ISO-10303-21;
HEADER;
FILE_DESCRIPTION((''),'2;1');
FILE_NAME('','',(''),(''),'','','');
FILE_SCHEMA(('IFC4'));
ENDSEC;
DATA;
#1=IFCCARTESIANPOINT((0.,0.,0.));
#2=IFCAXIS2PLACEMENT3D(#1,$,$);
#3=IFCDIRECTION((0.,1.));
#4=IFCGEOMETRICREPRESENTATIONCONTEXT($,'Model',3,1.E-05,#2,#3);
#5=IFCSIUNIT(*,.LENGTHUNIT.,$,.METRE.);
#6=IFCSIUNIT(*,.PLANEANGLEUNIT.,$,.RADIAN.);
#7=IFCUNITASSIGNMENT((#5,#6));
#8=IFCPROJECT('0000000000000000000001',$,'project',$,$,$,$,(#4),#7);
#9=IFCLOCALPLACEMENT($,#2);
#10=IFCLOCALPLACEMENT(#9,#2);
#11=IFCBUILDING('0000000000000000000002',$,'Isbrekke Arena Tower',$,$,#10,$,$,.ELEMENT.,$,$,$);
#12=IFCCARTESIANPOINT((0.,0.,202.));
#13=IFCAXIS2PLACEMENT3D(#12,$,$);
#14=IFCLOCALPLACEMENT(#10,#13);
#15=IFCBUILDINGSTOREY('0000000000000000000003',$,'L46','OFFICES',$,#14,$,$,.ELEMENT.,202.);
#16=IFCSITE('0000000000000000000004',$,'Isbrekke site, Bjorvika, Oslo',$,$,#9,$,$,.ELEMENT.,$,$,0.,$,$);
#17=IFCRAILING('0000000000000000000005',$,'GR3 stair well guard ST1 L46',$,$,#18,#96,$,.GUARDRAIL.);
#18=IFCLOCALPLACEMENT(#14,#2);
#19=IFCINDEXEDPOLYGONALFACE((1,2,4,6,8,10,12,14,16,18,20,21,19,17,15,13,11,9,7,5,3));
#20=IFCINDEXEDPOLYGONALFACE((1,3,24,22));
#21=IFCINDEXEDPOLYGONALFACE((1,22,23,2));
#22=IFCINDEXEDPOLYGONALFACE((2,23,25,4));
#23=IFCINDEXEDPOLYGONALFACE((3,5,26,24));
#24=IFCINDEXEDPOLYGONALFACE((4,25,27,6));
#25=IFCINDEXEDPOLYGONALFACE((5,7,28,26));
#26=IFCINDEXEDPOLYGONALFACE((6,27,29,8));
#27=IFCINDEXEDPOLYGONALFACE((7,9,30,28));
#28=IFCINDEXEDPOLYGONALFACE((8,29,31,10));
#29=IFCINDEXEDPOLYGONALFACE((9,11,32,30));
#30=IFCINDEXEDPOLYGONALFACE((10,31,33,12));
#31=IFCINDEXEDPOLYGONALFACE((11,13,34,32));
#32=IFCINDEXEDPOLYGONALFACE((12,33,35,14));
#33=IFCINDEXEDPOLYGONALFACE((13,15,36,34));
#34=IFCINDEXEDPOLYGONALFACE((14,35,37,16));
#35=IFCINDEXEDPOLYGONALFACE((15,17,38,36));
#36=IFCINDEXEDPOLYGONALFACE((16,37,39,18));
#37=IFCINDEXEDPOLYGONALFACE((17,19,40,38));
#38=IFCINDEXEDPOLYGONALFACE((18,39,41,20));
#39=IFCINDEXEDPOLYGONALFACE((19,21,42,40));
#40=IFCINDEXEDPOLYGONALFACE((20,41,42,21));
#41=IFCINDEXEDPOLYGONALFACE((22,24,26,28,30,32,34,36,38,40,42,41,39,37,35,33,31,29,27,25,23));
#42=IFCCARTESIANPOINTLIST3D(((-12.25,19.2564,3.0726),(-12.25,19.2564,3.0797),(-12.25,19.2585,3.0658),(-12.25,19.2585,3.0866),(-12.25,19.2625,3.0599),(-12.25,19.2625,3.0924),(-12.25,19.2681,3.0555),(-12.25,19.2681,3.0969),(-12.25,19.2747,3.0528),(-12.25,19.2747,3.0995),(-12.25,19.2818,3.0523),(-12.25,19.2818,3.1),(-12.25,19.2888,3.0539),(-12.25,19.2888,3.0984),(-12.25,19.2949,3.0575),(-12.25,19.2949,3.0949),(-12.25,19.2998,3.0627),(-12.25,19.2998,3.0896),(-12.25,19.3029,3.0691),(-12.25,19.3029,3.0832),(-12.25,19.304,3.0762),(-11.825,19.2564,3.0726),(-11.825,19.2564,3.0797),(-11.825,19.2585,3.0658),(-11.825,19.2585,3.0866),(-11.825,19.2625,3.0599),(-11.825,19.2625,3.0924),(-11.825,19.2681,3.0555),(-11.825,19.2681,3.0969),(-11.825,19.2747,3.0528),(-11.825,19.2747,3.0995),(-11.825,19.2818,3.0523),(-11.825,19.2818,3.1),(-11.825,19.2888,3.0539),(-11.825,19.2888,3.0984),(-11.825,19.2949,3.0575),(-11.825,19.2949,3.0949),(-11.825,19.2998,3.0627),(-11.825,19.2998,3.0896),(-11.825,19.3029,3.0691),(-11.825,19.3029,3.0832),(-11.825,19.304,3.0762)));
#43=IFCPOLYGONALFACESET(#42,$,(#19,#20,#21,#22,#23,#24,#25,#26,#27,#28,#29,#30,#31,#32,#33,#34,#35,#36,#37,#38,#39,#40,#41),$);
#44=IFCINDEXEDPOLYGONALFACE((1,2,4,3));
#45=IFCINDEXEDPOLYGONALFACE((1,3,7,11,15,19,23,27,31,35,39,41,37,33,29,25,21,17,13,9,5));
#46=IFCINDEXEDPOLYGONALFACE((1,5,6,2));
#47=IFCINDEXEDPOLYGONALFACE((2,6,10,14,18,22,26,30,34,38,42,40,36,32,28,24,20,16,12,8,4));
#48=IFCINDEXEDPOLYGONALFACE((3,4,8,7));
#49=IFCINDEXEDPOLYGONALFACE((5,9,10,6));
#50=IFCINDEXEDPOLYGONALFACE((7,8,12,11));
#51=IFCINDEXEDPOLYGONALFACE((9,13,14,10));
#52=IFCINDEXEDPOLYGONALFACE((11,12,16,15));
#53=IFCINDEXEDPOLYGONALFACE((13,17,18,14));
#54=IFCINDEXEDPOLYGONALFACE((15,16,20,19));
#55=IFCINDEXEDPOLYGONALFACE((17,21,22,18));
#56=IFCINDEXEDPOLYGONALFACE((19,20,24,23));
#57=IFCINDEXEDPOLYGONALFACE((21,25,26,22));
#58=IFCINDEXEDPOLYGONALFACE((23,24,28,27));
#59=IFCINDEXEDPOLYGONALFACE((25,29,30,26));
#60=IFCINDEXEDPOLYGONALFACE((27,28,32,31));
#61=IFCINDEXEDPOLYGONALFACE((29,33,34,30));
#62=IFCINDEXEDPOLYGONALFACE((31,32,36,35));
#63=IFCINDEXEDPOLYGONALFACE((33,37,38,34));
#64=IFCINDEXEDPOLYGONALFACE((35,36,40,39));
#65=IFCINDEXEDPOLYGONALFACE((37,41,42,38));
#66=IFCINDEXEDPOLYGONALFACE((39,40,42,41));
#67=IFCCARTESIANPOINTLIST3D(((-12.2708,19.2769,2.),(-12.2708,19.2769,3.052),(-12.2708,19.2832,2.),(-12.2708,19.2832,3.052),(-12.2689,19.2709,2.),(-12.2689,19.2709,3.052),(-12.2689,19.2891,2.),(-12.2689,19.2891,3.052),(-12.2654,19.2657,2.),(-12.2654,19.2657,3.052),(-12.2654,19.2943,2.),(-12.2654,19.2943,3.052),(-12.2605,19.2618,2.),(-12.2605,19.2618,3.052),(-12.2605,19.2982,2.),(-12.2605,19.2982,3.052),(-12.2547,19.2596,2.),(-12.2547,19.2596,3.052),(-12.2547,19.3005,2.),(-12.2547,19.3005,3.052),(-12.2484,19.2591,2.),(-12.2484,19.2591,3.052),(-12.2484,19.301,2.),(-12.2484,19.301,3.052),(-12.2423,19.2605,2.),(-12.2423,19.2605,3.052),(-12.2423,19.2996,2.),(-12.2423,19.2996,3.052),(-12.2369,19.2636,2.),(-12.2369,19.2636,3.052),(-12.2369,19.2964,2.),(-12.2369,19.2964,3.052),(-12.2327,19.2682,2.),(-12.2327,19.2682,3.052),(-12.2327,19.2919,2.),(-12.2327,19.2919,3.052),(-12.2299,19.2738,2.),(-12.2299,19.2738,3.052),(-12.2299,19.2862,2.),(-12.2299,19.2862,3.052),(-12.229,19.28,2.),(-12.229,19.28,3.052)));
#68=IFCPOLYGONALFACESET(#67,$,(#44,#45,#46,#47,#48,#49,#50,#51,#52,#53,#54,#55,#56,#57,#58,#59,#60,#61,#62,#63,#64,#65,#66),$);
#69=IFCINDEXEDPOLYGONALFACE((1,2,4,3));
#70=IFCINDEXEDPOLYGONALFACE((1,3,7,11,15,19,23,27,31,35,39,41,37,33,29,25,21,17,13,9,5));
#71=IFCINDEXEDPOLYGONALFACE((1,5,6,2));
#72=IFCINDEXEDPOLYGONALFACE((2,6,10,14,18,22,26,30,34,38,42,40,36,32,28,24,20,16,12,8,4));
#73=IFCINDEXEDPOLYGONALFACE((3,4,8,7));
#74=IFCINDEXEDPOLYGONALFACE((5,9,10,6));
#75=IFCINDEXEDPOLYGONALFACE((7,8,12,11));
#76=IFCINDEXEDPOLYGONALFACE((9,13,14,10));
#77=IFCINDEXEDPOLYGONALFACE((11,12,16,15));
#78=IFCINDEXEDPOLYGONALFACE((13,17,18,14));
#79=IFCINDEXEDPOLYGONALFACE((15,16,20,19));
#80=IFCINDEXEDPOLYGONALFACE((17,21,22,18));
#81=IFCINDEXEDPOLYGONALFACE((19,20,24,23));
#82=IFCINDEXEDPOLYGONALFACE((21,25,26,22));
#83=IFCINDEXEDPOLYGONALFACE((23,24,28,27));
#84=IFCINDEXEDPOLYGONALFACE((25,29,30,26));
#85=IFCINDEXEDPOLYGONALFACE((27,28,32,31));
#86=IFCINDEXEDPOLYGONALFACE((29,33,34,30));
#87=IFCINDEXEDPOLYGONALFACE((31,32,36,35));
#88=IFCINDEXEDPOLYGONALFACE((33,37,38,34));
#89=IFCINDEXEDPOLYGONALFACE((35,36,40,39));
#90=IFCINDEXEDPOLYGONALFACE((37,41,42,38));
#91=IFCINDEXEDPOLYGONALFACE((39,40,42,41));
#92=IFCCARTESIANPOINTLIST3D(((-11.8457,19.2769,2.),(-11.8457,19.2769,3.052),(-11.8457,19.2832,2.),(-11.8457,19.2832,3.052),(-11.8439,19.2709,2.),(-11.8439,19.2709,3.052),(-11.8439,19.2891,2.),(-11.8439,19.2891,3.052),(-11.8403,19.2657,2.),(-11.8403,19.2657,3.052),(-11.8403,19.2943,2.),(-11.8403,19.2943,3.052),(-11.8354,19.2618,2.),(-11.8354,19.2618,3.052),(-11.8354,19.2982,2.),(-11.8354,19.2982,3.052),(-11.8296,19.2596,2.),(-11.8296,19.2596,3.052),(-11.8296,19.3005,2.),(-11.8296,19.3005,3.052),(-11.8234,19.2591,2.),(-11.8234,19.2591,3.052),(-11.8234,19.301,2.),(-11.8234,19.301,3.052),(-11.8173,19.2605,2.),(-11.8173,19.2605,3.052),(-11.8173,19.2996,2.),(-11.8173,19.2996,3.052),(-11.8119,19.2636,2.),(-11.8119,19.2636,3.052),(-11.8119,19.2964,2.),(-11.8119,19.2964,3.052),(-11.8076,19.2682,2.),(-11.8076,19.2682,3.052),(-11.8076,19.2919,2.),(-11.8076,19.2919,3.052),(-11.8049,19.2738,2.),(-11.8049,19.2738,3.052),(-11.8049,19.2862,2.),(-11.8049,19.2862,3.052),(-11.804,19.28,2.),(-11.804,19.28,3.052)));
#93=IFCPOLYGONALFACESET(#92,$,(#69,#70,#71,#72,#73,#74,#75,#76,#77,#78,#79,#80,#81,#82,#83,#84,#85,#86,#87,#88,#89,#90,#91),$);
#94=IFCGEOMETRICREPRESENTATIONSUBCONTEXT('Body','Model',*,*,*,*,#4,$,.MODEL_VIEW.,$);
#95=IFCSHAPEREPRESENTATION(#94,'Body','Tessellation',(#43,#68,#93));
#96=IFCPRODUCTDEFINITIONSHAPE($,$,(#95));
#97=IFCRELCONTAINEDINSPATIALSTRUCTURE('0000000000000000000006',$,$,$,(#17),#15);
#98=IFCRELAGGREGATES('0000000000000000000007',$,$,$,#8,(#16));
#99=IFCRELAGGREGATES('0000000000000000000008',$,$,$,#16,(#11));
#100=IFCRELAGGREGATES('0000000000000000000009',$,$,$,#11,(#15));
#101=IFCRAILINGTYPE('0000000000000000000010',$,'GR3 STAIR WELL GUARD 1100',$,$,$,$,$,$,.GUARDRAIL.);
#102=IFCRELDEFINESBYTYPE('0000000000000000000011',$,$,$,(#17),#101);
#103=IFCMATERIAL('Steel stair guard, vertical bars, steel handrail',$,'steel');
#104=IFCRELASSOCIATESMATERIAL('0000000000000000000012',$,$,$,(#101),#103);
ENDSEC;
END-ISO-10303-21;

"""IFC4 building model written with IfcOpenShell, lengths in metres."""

from ifc_helpers import new_model, si_unit, direction, frame, origin, origin_2d, place, context, subcontext, project, spatial, circle, extrude, material, type_object, element, save


model = new_model("IFC4")

# Units and contexts
model_context = context("Model", 3, precision=1e-05, world=origin(), true_north=direction((0.0, 1.0)))
body_context = subcontext(model_context, "Body", "Model", "MODEL_VIEW")
ifc_project = project(units=[si_unit("LENGTHUNIT", "METRE"), si_unit("PLANEANGLEUNIT", "RADIAN")], contexts=[model_context])

# Site, building, storey
site_placement = place(None, origin())
site = spatial("IfcSite", under=ifc_project, at=site_placement, Name="Isbrekke site, Bjorvika, Oslo", CompositionType="ELEMENT", RefElevation=0.0)
building_placement = place(site_placement, origin())
building = spatial("IfcBuilding", under=site, at=building_placement, Name="Isbrekke Arena Tower", CompositionType="ELEMENT")
storey_placement = place(building_placement, frame((0.0, 0.0, 202.0)))
storey = spatial("IfcBuildingStorey", under=building, at=storey_placement, Name="L46", Description="OFFICES", CompositionType="ELEMENT", Elevation=202.0)

# Railing
ifc_material_1 = material(Name="Steel stair guard, vertical bars, steel handrail", Category="steel")
railing_type = type_object("IfcRailingType", Name="GR3 STAIR WELL GUARD 1100", PredefinedType="GUARDRAIL", material=ifc_material_1)
for number, where, name in (
    (1, (-12.25, 19.28, 2.0), "GR3 stair well guard ST1 L46"),
):
    element("IfcRailing", number, at=place(storey_placement, frame(where)), inside=storey, type_object=railing_type, Name=name, PredefinedType="GUARDRAIL", context=body_context, shape_type="SweptSolid", body=[
        extrude(circle(Radius=0.0239, at=origin_2d()), frame((0.0, 0.0, 1.0762), z_axis=(1.0, 0.0, 0.0), x_axis=(0.0, 1.0, 0.0)), (0.0, 0.0, 1.0), 0.425),
        extrude(circle(Radius=0.021, at=origin_2d()), origin(), (0.0, 0.0, 1.0), 1.052),
        extrude(circle(Radius=0.021, at=origin_2d()), frame((0.425, 0.0, 0.0)), (0.0, 0.0, 1.0), 1.052),
    ])

save(model, "model.ifc")
